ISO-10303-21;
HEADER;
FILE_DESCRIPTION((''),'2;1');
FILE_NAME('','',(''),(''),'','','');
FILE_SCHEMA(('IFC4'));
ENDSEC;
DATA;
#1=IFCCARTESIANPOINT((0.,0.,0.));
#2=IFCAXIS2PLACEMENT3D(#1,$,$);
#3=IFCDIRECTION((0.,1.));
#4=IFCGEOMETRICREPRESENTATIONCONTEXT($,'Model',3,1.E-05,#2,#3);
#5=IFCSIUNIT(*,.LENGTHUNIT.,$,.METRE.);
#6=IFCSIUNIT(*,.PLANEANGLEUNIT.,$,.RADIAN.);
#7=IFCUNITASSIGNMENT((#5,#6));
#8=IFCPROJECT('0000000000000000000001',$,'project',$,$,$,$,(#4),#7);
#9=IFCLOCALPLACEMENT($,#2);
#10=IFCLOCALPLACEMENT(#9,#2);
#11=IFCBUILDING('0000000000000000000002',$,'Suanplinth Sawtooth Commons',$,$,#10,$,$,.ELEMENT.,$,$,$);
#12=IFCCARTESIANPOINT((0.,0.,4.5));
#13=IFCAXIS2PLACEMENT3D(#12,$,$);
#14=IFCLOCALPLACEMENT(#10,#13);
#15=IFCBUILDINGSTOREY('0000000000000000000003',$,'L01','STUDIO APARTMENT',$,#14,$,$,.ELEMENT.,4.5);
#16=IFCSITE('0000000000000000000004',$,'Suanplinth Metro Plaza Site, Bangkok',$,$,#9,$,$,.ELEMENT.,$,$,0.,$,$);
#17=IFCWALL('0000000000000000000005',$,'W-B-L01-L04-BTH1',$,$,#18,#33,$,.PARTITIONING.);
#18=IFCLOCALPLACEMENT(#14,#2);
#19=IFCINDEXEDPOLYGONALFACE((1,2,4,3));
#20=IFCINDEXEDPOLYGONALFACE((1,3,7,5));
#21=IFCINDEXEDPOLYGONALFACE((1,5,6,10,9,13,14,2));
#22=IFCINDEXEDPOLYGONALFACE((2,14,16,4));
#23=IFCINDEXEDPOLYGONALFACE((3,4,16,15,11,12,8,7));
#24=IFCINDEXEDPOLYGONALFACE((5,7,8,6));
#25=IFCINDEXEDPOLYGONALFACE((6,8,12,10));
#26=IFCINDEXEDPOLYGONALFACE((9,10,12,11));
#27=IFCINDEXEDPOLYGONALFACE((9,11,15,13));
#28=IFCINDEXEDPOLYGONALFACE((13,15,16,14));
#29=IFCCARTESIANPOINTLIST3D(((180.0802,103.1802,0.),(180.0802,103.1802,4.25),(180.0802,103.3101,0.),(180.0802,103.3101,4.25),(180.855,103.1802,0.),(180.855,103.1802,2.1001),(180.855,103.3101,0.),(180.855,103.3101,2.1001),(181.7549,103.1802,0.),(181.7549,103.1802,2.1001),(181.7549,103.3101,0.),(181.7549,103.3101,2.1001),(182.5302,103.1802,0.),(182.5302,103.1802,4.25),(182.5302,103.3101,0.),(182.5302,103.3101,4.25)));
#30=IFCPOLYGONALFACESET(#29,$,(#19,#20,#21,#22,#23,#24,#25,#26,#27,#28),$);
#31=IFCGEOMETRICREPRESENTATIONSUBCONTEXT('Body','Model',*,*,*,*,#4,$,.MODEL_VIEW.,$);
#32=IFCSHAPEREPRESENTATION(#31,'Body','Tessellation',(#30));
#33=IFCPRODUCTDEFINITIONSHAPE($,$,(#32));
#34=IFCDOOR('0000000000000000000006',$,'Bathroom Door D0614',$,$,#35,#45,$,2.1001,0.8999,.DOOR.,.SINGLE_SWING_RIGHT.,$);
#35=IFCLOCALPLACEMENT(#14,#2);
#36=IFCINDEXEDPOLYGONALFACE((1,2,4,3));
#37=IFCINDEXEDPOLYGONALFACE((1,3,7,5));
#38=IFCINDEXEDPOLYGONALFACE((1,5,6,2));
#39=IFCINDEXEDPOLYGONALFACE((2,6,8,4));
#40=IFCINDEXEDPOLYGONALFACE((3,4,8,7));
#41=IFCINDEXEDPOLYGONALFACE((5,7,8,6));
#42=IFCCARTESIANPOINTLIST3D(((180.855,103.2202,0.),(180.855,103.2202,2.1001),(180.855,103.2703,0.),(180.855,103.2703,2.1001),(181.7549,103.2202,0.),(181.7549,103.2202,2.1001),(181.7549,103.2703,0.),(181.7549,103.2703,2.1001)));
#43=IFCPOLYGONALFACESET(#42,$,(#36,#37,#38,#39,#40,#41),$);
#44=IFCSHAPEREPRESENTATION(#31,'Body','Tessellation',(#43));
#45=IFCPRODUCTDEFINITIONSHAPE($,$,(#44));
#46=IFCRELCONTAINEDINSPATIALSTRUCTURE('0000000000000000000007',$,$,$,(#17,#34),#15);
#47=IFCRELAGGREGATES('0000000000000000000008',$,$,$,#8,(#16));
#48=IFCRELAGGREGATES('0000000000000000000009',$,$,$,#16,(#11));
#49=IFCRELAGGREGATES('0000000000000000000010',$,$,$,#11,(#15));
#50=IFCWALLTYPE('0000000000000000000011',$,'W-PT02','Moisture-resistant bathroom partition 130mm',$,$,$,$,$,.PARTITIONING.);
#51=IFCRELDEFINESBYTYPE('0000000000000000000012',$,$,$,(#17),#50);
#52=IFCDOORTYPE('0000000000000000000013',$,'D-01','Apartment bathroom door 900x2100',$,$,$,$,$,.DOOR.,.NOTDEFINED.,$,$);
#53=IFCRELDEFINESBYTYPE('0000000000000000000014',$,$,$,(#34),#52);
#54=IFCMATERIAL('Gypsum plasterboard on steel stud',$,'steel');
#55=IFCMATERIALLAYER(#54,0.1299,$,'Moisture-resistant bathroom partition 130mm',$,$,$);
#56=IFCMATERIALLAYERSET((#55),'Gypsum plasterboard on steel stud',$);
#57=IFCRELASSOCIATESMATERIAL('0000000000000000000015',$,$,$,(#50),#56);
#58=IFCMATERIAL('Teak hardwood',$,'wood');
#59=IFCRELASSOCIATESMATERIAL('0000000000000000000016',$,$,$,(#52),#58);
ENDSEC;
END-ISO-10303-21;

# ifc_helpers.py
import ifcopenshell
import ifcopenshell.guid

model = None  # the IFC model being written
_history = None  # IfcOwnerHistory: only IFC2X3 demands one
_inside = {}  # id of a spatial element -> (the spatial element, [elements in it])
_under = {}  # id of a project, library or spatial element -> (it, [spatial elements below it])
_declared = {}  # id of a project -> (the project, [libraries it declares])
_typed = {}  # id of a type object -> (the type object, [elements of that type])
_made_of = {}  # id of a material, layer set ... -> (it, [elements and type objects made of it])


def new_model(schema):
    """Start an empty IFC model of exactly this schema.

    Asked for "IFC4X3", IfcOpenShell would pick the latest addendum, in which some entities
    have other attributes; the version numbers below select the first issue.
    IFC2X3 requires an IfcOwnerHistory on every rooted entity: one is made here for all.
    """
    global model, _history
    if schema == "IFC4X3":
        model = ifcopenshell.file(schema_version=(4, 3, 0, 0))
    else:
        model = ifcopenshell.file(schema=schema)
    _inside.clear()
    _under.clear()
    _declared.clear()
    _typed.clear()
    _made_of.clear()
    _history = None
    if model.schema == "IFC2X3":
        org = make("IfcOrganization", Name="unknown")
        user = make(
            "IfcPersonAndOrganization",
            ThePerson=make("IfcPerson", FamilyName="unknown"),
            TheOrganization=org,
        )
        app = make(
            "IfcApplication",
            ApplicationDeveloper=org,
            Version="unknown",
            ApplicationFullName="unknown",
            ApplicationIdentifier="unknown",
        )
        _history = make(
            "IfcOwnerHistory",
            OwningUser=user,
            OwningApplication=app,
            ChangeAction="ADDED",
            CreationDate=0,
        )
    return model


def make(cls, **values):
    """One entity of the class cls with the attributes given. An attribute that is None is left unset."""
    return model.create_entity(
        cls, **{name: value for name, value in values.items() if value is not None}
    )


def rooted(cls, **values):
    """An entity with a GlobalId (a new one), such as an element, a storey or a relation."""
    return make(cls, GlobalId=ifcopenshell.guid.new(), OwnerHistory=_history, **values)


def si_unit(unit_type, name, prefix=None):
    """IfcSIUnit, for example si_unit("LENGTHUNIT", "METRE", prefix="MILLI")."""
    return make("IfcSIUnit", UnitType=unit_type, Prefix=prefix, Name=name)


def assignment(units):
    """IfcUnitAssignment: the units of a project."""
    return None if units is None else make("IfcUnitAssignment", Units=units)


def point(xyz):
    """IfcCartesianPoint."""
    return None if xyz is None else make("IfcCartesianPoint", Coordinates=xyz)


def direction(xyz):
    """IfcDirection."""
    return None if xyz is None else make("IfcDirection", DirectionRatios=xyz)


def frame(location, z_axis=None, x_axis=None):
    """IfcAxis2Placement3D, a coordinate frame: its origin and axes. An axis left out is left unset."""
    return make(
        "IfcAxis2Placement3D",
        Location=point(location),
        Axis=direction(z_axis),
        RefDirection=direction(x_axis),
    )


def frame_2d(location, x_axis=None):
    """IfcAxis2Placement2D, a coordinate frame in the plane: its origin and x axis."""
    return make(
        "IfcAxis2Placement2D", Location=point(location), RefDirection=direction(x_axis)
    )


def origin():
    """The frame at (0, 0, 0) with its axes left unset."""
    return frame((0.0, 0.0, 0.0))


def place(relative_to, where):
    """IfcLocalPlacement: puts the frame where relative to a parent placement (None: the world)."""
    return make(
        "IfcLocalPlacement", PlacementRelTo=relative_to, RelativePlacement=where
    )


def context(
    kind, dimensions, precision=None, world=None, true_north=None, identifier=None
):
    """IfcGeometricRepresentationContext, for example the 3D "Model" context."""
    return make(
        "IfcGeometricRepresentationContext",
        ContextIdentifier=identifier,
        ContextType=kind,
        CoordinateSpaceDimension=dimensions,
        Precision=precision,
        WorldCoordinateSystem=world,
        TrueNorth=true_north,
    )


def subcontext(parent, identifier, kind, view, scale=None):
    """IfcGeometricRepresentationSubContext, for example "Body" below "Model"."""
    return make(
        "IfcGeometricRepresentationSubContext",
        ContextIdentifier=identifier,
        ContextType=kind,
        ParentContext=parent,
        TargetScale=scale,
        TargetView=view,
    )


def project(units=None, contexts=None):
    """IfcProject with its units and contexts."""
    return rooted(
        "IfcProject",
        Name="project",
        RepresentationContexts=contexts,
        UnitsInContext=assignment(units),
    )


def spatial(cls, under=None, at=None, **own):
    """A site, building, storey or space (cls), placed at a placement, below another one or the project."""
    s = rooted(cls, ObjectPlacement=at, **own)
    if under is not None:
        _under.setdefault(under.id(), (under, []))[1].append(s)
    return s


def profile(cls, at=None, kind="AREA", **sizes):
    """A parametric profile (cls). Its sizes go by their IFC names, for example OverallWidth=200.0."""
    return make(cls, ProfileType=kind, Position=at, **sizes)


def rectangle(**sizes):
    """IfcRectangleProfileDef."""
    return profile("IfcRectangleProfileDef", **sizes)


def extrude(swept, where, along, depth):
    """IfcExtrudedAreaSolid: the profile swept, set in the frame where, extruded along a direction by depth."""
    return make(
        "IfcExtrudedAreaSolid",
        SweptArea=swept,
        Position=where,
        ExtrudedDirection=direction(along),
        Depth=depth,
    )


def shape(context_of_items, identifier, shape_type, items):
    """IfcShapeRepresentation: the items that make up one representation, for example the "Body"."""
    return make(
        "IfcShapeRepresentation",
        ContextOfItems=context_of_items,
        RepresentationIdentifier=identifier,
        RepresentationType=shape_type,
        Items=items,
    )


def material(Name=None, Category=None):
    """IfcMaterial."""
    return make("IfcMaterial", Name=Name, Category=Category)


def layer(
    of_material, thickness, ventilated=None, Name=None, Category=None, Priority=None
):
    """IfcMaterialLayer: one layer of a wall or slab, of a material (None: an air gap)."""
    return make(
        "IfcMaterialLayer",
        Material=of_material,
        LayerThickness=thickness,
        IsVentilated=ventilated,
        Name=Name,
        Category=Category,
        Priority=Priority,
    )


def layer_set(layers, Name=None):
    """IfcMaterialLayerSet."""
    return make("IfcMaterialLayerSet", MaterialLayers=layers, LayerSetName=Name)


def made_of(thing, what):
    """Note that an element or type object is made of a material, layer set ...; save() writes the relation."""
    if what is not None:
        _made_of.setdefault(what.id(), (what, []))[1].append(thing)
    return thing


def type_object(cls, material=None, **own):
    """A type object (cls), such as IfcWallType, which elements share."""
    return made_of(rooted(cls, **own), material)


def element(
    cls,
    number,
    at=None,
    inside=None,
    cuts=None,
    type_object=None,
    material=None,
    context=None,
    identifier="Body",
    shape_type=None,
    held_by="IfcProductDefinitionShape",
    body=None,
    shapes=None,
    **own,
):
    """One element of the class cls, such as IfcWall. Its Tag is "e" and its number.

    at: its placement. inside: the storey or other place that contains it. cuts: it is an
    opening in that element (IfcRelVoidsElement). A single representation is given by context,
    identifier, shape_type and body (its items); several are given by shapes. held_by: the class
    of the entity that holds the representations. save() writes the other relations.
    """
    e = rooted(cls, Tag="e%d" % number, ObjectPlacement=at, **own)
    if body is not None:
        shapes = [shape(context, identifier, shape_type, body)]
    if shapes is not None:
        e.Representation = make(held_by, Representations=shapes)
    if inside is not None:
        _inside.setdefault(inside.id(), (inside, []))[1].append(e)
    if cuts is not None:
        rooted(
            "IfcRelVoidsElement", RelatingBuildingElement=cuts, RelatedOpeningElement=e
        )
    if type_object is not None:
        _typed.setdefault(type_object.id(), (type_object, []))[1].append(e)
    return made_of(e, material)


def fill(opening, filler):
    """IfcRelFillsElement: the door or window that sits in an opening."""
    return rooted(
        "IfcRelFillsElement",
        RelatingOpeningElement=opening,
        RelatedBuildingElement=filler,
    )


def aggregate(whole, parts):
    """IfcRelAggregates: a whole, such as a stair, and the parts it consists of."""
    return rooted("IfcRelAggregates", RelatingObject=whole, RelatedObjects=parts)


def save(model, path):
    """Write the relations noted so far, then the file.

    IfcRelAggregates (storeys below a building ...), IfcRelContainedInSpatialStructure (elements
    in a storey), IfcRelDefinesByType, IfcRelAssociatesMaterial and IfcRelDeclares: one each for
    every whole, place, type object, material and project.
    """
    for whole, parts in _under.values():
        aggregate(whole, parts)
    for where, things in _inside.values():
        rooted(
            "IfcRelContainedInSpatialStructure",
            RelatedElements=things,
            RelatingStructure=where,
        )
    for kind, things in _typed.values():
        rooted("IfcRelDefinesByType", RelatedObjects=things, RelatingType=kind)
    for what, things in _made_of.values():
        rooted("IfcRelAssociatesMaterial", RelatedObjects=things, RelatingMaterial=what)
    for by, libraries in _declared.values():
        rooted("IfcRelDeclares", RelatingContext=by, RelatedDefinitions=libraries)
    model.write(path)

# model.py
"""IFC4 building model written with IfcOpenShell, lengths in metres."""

from ifc_helpers import new_model, si_unit, direction, frame, frame_2d, origin, place, context, subcontext, project, spatial, rectangle, extrude, material, layer, layer_set, type_object, element, fill, save


model = new_model("IFC4")

# Units and contexts
model_context = context("Model", 3, precision=1e-05, world=origin(), true_north=direction((0.0, 1.0)))
body_context = subcontext(model_context, "Body", "Model", "MODEL_VIEW")
ifc_project = project(units=[si_unit("LENGTHUNIT", "METRE"), si_unit("PLANEANGLEUNIT", "RADIAN")], contexts=[model_context])

# Site, building, storey
site_placement = place(None, origin())
site = spatial("IfcSite", under=ifc_project, at=site_placement, Name="Suanplinth Metro Plaza Site, Bangkok", CompositionType="ELEMENT", RefElevation=0.0)
building_placement = place(site_placement, origin())
building = spatial("IfcBuilding", under=site, at=building_placement, Name="Suanplinth Sawtooth Commons", CompositionType="ELEMENT")
storey_placement = place(building_placement, frame((0.0, 0.0, 4.5)))
storey = spatial("IfcBuildingStorey", under=building, at=storey_placement, Name="L01", Description="STUDIO APARTMENT", CompositionType="ELEMENT", Elevation=4.5)

# Wall, opening, door
ifc_material_1 = material(Name="Teak hardwood", Category="wood")
ifc_material_2 = material(Name="Gypsum plasterboard on steel stud", Category="steel")
ifc_layer_1 = layer(ifc_material_2, 0.1299, Name="Moisture-resistant bathroom partition 130mm")
ifc_layer_set_1 = layer_set([ifc_layer_1], Name="Gypsum plasterboard on steel stud")
wall_type_1 = type_object("IfcWallType", Name="W-PT02", Description="Moisture-resistant bathroom partition 130mm", PredefinedType="PARTITIONING", material=ifc_layer_set_1)
door_type_1 = type_object("IfcDoorType", Name="D-01", Description="Apartment bathroom door 900x2100", OperationType="NOTDEFINED", PredefinedType="DOOR", material=ifc_material_1)
wall_1_placement = place(storey_placement, frame((180.0801, 103.2451, 0.0), z_axis=(0.0, 0.0, 1.0), x_axis=(1.0, 0.0, 0.0)))
wall_1 = element("IfcWall", 1, at=wall_1_placement, inside=storey, type_object=wall_type_1, Name="W-B-L01-L04-BTH1", PredefinedType="PARTITIONING", context=body_context, shape_type="SweptSolid", body=[
    extrude(rectangle(XDim=2.45, YDim=0.1299, at=frame_2d((1.2251, 0.0))), origin(), (0.0, 0.0, 1.0), 4.25),
])
opening_1_placement = place(wall_1_placement, frame((0.7749, 0.0, 0.0)))
opening_1 = element("IfcOpeningElement", 2, at=opening_1_placement, cuts=wall_1, PredefinedType="OPENING", context=body_context, shape_type="SweptSolid", body=[
    extrude(rectangle(XDim=0.8999, YDim=2.1001, at=frame_2d((0.45, 1.05))), frame((0.0, 0.0798, 0.0), z_axis=(0.0, -1.0, 0.0), x_axis=(1.0, 0.0, 0.0)), (0.0, 0.0, 1.0), 0.1597),
])
door_1_placement = place(opening_1_placement, frame((0.8999, 0.0, 0.0), z_axis=(0.0, 0.0, 1.0), x_axis=(-1.0, 0.0, 0.0)))
door_1 = element("IfcDoor", 3, at=door_1_placement, inside=storey, type_object=door_type_1, Name="Bathroom Door D0614", OperationType="SINGLE_SWING_RIGHT", OverallHeight=2.1001, OverallWidth=0.8999, PredefinedType="DOOR", context=body_context, shape_type="SweptSolid", body=[
    extrude(rectangle(XDim=0.8999, YDim=2.1001, at=frame_2d((0.45, 1.05))), frame((0.0, 0.0249, 0.0), z_axis=(0.0, -1.0, 0.0), x_axis=(1.0, 0.0, 0.0)), (0.0, 0.0, 1.0), 0.05),
])
fill(opening_1, door_1)

save(model, "model.ifc")
